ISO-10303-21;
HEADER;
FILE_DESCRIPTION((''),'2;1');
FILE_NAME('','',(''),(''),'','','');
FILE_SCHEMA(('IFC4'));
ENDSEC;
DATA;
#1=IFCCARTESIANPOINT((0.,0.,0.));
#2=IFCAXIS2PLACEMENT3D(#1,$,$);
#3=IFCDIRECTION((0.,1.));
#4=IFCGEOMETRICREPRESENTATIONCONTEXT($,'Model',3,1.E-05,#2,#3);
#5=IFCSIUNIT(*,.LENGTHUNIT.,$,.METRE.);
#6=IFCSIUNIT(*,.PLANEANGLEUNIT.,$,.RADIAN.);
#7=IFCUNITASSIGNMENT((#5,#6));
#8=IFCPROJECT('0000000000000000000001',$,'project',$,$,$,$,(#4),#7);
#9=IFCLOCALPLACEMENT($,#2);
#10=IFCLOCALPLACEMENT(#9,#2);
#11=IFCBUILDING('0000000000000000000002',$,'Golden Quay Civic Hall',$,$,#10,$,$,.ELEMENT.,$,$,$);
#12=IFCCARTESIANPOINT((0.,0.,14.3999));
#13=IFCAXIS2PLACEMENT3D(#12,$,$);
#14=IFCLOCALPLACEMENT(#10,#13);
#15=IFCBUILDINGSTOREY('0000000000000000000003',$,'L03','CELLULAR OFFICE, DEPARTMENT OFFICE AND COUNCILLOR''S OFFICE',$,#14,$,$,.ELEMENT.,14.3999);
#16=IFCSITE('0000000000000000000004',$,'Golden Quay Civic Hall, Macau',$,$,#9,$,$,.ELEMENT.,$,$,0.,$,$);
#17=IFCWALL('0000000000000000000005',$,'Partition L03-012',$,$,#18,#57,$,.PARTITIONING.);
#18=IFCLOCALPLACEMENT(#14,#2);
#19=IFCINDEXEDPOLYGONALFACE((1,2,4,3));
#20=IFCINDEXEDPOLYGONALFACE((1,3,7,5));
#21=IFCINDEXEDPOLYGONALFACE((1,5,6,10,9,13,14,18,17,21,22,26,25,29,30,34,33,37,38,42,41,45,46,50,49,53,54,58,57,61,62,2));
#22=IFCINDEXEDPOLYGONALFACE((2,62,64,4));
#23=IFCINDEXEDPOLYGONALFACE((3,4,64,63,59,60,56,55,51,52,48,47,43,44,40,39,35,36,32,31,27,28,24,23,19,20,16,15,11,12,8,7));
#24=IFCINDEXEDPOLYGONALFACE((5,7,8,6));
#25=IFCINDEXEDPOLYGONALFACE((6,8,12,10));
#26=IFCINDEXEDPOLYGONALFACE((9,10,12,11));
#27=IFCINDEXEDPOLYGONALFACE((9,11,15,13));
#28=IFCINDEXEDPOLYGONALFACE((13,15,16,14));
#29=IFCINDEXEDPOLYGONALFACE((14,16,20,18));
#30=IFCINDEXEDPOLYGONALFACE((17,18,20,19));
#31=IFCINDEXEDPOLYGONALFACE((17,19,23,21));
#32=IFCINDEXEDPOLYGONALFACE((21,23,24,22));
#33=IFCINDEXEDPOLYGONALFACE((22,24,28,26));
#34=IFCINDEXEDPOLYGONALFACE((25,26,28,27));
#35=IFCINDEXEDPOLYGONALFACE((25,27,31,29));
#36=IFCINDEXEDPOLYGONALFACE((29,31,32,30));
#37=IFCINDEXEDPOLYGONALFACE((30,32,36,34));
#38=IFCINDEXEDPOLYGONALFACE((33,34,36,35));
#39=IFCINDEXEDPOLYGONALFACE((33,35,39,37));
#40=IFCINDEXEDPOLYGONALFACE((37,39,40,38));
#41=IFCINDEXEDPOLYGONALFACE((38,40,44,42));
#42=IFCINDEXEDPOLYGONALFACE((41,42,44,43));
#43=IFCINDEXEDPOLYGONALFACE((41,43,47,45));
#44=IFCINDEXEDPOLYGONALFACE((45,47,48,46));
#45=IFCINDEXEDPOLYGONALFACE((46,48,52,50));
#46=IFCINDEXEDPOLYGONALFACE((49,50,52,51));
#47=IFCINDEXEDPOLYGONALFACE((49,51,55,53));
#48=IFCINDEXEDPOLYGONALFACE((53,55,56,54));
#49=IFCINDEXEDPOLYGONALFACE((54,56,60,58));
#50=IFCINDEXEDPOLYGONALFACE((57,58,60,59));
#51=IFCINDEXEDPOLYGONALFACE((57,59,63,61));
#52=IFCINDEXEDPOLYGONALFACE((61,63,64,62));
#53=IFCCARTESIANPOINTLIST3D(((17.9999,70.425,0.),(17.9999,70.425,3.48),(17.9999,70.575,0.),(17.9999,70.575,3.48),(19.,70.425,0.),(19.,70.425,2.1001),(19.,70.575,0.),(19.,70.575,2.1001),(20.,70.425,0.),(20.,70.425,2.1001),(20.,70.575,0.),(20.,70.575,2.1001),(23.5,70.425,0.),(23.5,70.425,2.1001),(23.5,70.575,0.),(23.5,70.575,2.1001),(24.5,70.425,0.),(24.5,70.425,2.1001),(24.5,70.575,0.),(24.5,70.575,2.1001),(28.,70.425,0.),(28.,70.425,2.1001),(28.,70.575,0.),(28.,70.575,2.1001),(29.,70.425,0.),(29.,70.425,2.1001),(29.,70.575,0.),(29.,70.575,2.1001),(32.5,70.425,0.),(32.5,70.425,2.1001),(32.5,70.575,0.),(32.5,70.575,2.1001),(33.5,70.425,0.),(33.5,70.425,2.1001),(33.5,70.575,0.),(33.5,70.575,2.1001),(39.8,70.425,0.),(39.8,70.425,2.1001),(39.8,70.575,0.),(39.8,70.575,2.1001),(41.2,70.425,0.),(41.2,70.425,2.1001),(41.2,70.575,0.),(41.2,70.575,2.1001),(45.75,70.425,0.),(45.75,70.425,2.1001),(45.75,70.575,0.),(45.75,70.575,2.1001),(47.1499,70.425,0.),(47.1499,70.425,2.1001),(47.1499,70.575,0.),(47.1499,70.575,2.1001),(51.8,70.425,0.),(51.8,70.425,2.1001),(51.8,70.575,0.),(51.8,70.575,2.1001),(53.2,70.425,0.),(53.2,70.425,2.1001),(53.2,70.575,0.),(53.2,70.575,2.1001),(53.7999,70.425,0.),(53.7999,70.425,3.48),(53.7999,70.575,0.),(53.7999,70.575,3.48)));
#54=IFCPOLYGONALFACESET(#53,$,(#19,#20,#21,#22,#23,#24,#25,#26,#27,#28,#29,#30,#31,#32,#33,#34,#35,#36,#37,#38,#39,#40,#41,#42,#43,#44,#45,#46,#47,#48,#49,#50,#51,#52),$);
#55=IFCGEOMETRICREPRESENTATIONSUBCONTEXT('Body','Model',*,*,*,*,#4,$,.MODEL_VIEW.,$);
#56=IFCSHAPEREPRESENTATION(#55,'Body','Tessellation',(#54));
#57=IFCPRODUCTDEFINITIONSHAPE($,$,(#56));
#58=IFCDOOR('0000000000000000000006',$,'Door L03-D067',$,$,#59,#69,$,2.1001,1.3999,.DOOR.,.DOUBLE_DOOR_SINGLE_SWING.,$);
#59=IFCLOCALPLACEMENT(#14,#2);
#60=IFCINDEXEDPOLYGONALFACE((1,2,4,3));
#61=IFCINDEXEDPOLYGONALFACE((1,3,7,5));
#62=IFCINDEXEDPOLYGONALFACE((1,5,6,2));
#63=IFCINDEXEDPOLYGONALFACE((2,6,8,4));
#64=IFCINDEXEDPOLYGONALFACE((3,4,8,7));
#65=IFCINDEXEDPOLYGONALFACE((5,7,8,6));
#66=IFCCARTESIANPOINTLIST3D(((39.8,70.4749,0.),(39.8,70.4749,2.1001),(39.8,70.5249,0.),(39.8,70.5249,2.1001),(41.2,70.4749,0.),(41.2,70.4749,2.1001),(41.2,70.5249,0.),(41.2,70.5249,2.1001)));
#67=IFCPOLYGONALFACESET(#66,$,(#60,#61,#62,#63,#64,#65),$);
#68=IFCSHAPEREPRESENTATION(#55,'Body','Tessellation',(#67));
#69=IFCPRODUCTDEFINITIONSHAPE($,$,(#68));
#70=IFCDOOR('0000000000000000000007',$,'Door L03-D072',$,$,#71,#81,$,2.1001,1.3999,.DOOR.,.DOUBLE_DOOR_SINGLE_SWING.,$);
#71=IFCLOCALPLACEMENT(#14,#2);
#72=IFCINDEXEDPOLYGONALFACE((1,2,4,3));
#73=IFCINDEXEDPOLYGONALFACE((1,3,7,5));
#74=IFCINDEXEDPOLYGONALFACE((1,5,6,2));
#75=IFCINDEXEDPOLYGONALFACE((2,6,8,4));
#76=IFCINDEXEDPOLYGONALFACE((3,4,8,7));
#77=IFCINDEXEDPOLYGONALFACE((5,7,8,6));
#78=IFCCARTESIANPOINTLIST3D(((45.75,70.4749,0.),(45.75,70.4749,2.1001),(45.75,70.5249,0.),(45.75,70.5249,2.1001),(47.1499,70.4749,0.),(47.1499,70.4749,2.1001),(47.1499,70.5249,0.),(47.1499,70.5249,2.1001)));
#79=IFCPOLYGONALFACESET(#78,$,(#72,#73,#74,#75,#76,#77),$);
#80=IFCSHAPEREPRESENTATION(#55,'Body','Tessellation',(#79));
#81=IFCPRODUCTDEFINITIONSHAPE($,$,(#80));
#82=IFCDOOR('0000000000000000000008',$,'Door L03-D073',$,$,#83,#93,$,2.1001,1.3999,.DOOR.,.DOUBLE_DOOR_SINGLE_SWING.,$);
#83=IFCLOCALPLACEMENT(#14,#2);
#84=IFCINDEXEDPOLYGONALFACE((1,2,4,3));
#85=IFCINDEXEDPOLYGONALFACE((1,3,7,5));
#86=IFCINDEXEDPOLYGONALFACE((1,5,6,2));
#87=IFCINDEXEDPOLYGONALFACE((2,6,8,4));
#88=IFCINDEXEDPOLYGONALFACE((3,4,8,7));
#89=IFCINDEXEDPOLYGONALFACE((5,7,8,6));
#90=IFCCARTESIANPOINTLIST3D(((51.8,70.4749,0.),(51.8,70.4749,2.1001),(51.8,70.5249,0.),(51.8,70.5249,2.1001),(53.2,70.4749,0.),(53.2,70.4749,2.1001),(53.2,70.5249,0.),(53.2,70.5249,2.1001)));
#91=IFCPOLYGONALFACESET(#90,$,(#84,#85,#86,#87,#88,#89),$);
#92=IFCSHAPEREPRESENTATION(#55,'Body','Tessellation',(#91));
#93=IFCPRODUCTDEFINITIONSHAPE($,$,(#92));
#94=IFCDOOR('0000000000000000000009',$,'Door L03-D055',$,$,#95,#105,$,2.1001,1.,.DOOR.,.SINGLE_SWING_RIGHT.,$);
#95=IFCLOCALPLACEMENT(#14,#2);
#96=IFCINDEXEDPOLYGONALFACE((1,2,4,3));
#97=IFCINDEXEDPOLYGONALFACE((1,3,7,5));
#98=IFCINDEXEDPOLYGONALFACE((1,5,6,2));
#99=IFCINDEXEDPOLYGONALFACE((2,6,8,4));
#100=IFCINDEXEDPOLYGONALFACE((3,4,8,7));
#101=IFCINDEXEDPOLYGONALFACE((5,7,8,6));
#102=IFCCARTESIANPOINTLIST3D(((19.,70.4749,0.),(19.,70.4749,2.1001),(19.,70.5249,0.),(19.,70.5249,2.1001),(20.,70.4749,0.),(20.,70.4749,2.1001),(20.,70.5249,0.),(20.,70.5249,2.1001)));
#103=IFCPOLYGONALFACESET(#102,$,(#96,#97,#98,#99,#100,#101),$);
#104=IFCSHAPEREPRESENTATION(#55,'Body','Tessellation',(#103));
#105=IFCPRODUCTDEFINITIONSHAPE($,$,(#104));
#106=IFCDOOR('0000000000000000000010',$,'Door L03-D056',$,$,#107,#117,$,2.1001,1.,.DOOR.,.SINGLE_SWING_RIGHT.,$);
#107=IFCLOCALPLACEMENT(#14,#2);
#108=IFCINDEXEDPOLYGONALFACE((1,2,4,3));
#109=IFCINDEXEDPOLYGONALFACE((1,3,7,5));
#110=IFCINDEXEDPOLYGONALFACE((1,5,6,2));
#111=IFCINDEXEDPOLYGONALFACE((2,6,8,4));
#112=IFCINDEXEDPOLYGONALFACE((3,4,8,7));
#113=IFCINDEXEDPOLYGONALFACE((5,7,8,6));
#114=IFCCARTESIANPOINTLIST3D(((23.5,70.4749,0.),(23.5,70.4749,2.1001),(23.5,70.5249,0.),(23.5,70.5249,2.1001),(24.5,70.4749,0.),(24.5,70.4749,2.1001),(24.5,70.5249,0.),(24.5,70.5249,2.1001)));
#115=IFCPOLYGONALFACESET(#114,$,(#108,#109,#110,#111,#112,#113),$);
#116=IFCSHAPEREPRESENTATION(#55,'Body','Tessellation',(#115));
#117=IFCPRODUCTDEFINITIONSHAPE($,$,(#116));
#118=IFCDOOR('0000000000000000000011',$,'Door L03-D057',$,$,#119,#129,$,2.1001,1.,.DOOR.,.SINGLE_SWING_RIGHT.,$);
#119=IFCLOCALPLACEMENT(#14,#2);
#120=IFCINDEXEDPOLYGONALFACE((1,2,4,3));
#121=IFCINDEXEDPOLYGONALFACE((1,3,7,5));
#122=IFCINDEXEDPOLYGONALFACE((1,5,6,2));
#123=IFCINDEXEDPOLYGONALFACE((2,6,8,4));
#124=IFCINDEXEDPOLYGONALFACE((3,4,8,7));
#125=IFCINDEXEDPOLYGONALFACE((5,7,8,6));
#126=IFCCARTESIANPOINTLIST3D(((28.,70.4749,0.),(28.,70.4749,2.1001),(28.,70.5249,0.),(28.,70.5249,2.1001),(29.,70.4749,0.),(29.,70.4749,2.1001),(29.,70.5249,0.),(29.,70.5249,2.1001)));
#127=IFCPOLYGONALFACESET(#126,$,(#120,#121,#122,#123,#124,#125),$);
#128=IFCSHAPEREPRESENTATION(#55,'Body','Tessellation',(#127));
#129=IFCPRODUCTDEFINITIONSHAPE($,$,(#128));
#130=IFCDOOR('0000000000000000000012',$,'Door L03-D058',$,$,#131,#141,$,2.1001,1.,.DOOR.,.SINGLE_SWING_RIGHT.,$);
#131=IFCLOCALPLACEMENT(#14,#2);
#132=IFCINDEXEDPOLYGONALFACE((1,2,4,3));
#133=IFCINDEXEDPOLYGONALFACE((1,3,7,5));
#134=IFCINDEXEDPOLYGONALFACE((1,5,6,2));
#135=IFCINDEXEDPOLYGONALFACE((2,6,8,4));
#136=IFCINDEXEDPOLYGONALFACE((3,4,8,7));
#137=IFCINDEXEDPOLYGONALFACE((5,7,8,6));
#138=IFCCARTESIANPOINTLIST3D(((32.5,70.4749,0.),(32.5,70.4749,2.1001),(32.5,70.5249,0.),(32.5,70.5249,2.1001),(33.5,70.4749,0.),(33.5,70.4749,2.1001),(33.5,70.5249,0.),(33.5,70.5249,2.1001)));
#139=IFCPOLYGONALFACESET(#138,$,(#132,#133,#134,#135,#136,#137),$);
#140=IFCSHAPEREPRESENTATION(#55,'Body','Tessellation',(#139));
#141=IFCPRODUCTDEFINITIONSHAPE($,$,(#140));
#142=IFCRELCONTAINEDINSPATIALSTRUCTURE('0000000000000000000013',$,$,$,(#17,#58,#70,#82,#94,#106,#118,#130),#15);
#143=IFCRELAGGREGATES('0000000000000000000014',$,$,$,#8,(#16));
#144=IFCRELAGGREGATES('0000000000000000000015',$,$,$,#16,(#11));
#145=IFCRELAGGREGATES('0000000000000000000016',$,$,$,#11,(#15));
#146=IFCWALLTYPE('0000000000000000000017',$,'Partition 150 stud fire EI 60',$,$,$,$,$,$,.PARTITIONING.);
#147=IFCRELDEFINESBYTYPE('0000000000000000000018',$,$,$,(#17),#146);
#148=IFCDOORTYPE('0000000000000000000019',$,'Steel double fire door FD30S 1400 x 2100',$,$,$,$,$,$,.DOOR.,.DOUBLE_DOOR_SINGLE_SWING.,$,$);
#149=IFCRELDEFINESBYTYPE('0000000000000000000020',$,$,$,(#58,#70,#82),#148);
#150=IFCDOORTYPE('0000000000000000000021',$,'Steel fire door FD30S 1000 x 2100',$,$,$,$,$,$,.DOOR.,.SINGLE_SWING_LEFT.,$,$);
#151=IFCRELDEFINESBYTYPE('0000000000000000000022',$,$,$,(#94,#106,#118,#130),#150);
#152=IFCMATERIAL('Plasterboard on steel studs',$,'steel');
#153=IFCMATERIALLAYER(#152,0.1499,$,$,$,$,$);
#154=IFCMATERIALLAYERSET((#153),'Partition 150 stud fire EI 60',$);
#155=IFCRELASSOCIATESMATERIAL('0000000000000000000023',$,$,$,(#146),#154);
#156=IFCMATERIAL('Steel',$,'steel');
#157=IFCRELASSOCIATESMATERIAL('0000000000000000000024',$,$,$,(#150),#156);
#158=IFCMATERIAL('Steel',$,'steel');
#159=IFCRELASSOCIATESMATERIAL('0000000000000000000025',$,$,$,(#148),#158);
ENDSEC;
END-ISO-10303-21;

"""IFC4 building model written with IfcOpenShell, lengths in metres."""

from ifc_helpers import new_model, si_unit, direction, frame, frame_2d, origin, place, context, subcontext, project, spatial, rectangle, extrude, material, layer, layer_set, type_object, element, fill, save


model = new_model("IFC4")

# Units and contexts
model_context = context("Model", 3, precision=1e-05, world=origin(), true_north=direction((0.0, 1.0)))
body_context = subcontext(model_context, "Body", "Model", "MODEL_VIEW")
ifc_project = project(units=[si_unit("LENGTHUNIT", "METRE"), si_unit("PLANEANGLEUNIT", "RADIAN")], contexts=[model_context])

# Site, building, storey
site_placement = place(None, origin())
site = spatial("IfcSite", under=ifc_project, at=site_placement, Name="Golden Quay Civic Hall, Macau", CompositionType="ELEMENT", RefElevation=0.0)
building_placement = place(site_placement, origin())
building = spatial("IfcBuilding", under=site, at=building_placement, Name="Golden Quay Civic Hall", CompositionType="ELEMENT")
storey_placement = place(building_placement, frame((0.0, 0.0, 14.3999)))
storey = spatial("IfcBuildingStorey", under=building, at=storey_placement, Name="L03", Description="CELLULAR OFFICE, DEPARTMENT OFFICE AND COUNCILLOR'S OFFICE", CompositionType="ELEMENT", Elevation=14.3999)

# Shared definitions
ifc_material_1 = material(Name="Plasterboard on steel studs", Category="steel")
ifc_layer_1 = layer(ifc_material_1, 0.1499)
ifc_layer_set_1 = layer_set([ifc_layer_1], Name="Partition 150 stud fire EI 60")
wall_type_1 = type_object("IfcWallType", Name="Partition 150 stud fire EI 60", PredefinedType="PARTITIONING", material=ifc_layer_set_1)
ifc_material_2 = material(Name="Steel", Category="steel")
door_type_1 = type_object("IfcDoorType", Name="Steel fire door FD30S 1000 x 2100", OperationType="SINGLE_SWING_LEFT", PredefinedType="DOOR", material=ifc_material_2)

# Wall, openings, doors
wall_1_placement = place(storey_placement, frame((18.0, 70.5, 0.0), z_axis=(0.0, 0.0, 1.0), x_axis=(1.0, 0.0, 0.0)))
wall_1 = element("IfcWall", 1, at=wall_1_placement, inside=storey, type_object=wall_type_1, Name="Partition L03-012", PredefinedType="PARTITIONING", context=body_context, shape_type="SweptSolid", body=[
    extrude(rectangle(XDim=35.8, YDim=0.1499, at=frame_2d((17.8999, 0.0))), origin(), (0.0, 0.0, 1.0), 3.48),
])
opening_1_placement = place(wall_1_placement, frame((1.0, 0.0, 0.0)))
opening_1 = element("IfcOpeningElement", 2, at=opening_1_placement, cuts=wall_1, PredefinedType="OPENING", context=body_context, shape_type="SweptSolid", body=[
    extrude(rectangle(XDim=1.0, YDim=2.1001, at=frame_2d((0.5, 1.05))), frame((0.0, 0.085, 0.0), z_axis=(0.0, -1.0, 0.0), x_axis=(1.0, 0.0, 0.0)), (0.0, 0.0, 1.0), 0.1699),
])
opening_2_placement = place(wall_1_placement, frame((5.5, 0.0, 0.0)))
opening_2 = element("IfcOpeningElement", 3, at=opening_2_placement, cuts=wall_1, PredefinedType="OPENING", context=body_context, shape_type="SweptSolid", body=[
    extrude(rectangle(XDim=1.0, YDim=2.1001, at=frame_2d((0.5, 1.05))), frame((0.0, 0.085, 0.0), z_axis=(0.0, -1.0, 0.0), x_axis=(1.0, 0.0, 0.0)), (0.0, 0.0, 1.0), 0.1699),
])
opening_3_placement = place(wall_1_placement, frame((10.0, 0.0, 0.0)))
opening_3 = element("IfcOpeningElement", 4, at=opening_3_placement, cuts=wall_1, PredefinedType="OPENING", context=body_context, shape_type="SweptSolid", body=[
    extrude(rectangle(XDim=1.0, YDim=2.1001, at=frame_2d((0.5, 1.05))), frame((0.0, 0.085, 0.0), z_axis=(0.0, -1.0, 0.0), x_axis=(1.0, 0.0, 0.0)), (0.0, 0.0, 1.0), 0.1699),
])
opening_4_placement = place(wall_1_placement, frame((14.5, 0.0, 0.0)))
opening_4 = element("IfcOpeningElement", 5, at=opening_4_placement, cuts=wall_1, PredefinedType="OPENING", context=body_context, shape_type="SweptSolid", body=[
    extrude(rectangle(XDim=1.0, YDim=2.1001, at=frame_2d((0.5, 1.05))), frame((0.0, 0.085, 0.0), z_axis=(0.0, -1.0, 0.0), x_axis=(1.0, 0.0, 0.0)), (0.0, 0.0, 1.0), 0.1699),
])
opening_5_placement = place(wall_1_placement, frame((21.8, 0.0, 0.0)))
opening_5 = element("IfcOpeningElement", 6, at=opening_5_placement, cuts=wall_1, PredefinedType="OPENING", context=body_context, shape_type="SweptSolid", body=[
    extrude(rectangle(XDim=1.3999, YDim=2.1001, at=frame_2d((0.7, 1.05))), frame((0.0, 0.085, 0.0), z_axis=(0.0, -1.0, 0.0), x_axis=(1.0, 0.0, 0.0)), (0.0, 0.0, 1.0), 0.1699),
])
opening_6_placement = place(wall_1_placement, frame((27.75, 0.0, 0.0)))
opening_6 = element("IfcOpeningElement", 7, at=opening_6_placement, cuts=wall_1, PredefinedType="OPENING", context=body_context, shape_type="SweptSolid", body=[
    extrude(rectangle(XDim=1.3999, YDim=2.1001, at=frame_2d((0.7, 1.05))), frame((0.0, 0.085, 0.0), z_axis=(0.0, -1.0, 0.0), x_axis=(1.0, 0.0, 0.0)), (0.0, 0.0, 1.0), 0.1699),
])
opening_7_placement = place(wall_1_placement, frame((33.8, 0.0, 0.0)))
opening_7 = element("IfcOpeningElement", 8, at=opening_7_placement, cuts=wall_1, PredefinedType="OPENING", context=body_context, shape_type="SweptSolid", body=[
    extrude(rectangle(XDim=1.3999, YDim=2.1001, at=frame_2d((0.7, 1.05))), frame((0.0, 0.085, 0.0), z_axis=(0.0, -1.0, 0.0), x_axis=(1.0, 0.0, 0.0)), (0.0, 0.0, 1.0), 0.1699),
])
ifc_material_3 = material(Name="Steel", Category="steel")
door_type_2 = type_object("IfcDoorType", Name="Steel double fire door FD30S 1400 x 2100", OperationType="DOUBLE_DOOR_SINGLE_SWING", PredefinedType="DOOR", material=ifc_material_3)
door_1_placement = place(opening_5_placement, frame((1.3999, 0.0, 0.0), z_axis=(0.0, 0.0, 1.0), x_axis=(-1.0, 0.0, 0.0)))
door_1 = element("IfcDoor", 9, at=door_1_placement, inside=storey, type_object=door_type_2, Name="Door L03-D067", OperationType="DOUBLE_DOOR_SINGLE_SWING", OverallHeight=2.1001, OverallWidth=1.3999, PredefinedType="DOOR", context=body_context, shape_type="SweptSolid", body=[
    extrude(rectangle(XDim=1.3999, YDim=2.1001, at=frame_2d((0.7, 1.05))), frame((0.0, 0.0251, 0.0), z_axis=(0.0, -1.0, 0.0), x_axis=(1.0, 0.0, 0.0)), (0.0, 0.0, 1.0), 0.05),
])
fill(opening_5, door_1)
door_2_placement = place(opening_6_placement, origin())
door_2 = element("IfcDoor", 10, at=door_2_placement, inside=storey, type_object=door_type_2, Name="Door L03-D072", OperationType="DOUBLE_DOOR_SINGLE_SWING", OverallHeight=2.1001, OverallWidth=1.3999, PredefinedType="DOOR", context=body_context, shape_type="SweptSolid", body=[
    extrude(rectangle(XDim=1.3999, YDim=2.1001, at=frame_2d((0.7, 1.05))), frame((0.0, 0.0249, 0.0), z_axis=(0.0, -1.0, 0.0), x_axis=(1.0, 0.0, 0.0)), (0.0, 0.0, 1.0), 0.05),
])
fill(opening_6, door_2)
door_3_placement = place(opening_7_placement, origin())
door_3 = element("IfcDoor", 11, at=door_3_placement, inside=storey, type_object=door_type_2, Name="Door L03-D073", OperationType="DOUBLE_DOOR_SINGLE_SWING", OverallHeight=2.1001, OverallWidth=1.3999, PredefinedType="DOOR", context=body_context, shape_type="SweptSolid", body=[
    extrude(rectangle(XDim=1.3999, YDim=2.1001, at=frame_2d((0.7, 1.05))), frame((0.0, 0.0249, 0.0), z_axis=(0.0, -1.0, 0.0), x_axis=(1.0, 0.0, 0.0)), (0.0, 0.0, 1.0), 0.05),
])
fill(opening_7, door_3)
door_4_placement = place(opening_1_placement, frame((1.0, 0.0, 0.0), z_axis=(0.0, 0.0, 1.0), x_axis=(-1.0, 0.0, 0.0)))
door_4 = element("IfcDoor", 12, at=door_4_placement, inside=storey, type_object=door_type_1, Name="Door L03-D055", OperationType="SINGLE_SWING_RIGHT", OverallHeight=2.1001, OverallWidth=1.0, PredefinedType="DOOR", context=body_context, shape_type="SweptSolid", body=[
    extrude(rectangle(XDim=1.0, YDim=2.1001, at=frame_2d((0.5, 1.05))), frame((0.0, 0.0251, 0.0), z_axis=(0.0, -1.0, 0.0), x_axis=(1.0, 0.0, 0.0)), (0.0, 0.0, 1.0), 0.05),
])
fill(opening_1, door_4)
door_5_placement = place(opening_2_placement, frame((1.0, 0.0, 0.0), z_axis=(0.0, 0.0, 1.0), x_axis=(-1.0, 0.0, 0.0)))
door_5 = element("IfcDoor", 13, at=door_5_placement, inside=storey, type_object=door_type_1, Name="Door L03-D056", OperationType="SINGLE_SWING_RIGHT", OverallHeight=2.1001, OverallWidth=1.0, PredefinedType="DOOR", context=body_context, shape_type="SweptSolid", body=[
    extrude(rectangle(XDim=1.0, YDim=2.1001, at=frame_2d((0.5, 1.05))), frame((0.0, 0.0251, 0.0), z_axis=(0.0, -1.0, 0.0), x_axis=(1.0, 0.0, 0.0)), (0.0, 0.0, 1.0), 0.05),
])
fill(opening_2, door_5)
door_6_placement = place(opening_3_placement, frame((1.0, 0.0, 0.0), z_axis=(0.0, 0.0, 1.0), x_axis=(-1.0, 0.0, 0.0)))
door_6 = element("IfcDoor", 14, at=door_6_placement, inside=storey, type_object=door_type_1, Name="Door L03-D057", OperationType="SINGLE_SWING_RIGHT", OverallHeight=2.1001, OverallWidth=1.0, PredefinedType="DOOR", context=body_context, shape_type="SweptSolid", body=[
    extrude(rectangle(XDim=1.0, YDim=2.1001, at=frame_2d((0.5, 1.05))), frame((0.0, 0.0251, 0.0), z_axis=(0.0, -1.0, 0.0), x_axis=(1.0, 0.0, 0.0)), (0.0, 0.0, 1.0), 0.05),
])
fill(opening_3, door_6)
door_7_placement = place(opening_4_placement, frame((1.0, 0.0, 0.0), z_axis=(0.0, 0.0, 1.0), x_axis=(-1.0, 0.0, 0.0)))
door_7 = element("IfcDoor", 15, at=door_7_placement, inside=storey, type_object=door_type_1, Name="Door L03-D058", OperationType="SINGLE_SWING_RIGHT", OverallHeight=2.1001, OverallWidth=1.0, PredefinedType="DOOR", context=body_context, shape_type="SweptSolid", body=[
    extrude(rectangle(XDim=1.0, YDim=2.1001, at=frame_2d((0.5, 1.05))), frame((0.0, 0.0251, 0.0), z_axis=(0.0, -1.0, 0.0), x_axis=(1.0, 0.0, 0.0)), (0.0, 0.0, 1.0), 0.05),
])
fill(opening_4, door_7)

save(model, "model.ifc")
